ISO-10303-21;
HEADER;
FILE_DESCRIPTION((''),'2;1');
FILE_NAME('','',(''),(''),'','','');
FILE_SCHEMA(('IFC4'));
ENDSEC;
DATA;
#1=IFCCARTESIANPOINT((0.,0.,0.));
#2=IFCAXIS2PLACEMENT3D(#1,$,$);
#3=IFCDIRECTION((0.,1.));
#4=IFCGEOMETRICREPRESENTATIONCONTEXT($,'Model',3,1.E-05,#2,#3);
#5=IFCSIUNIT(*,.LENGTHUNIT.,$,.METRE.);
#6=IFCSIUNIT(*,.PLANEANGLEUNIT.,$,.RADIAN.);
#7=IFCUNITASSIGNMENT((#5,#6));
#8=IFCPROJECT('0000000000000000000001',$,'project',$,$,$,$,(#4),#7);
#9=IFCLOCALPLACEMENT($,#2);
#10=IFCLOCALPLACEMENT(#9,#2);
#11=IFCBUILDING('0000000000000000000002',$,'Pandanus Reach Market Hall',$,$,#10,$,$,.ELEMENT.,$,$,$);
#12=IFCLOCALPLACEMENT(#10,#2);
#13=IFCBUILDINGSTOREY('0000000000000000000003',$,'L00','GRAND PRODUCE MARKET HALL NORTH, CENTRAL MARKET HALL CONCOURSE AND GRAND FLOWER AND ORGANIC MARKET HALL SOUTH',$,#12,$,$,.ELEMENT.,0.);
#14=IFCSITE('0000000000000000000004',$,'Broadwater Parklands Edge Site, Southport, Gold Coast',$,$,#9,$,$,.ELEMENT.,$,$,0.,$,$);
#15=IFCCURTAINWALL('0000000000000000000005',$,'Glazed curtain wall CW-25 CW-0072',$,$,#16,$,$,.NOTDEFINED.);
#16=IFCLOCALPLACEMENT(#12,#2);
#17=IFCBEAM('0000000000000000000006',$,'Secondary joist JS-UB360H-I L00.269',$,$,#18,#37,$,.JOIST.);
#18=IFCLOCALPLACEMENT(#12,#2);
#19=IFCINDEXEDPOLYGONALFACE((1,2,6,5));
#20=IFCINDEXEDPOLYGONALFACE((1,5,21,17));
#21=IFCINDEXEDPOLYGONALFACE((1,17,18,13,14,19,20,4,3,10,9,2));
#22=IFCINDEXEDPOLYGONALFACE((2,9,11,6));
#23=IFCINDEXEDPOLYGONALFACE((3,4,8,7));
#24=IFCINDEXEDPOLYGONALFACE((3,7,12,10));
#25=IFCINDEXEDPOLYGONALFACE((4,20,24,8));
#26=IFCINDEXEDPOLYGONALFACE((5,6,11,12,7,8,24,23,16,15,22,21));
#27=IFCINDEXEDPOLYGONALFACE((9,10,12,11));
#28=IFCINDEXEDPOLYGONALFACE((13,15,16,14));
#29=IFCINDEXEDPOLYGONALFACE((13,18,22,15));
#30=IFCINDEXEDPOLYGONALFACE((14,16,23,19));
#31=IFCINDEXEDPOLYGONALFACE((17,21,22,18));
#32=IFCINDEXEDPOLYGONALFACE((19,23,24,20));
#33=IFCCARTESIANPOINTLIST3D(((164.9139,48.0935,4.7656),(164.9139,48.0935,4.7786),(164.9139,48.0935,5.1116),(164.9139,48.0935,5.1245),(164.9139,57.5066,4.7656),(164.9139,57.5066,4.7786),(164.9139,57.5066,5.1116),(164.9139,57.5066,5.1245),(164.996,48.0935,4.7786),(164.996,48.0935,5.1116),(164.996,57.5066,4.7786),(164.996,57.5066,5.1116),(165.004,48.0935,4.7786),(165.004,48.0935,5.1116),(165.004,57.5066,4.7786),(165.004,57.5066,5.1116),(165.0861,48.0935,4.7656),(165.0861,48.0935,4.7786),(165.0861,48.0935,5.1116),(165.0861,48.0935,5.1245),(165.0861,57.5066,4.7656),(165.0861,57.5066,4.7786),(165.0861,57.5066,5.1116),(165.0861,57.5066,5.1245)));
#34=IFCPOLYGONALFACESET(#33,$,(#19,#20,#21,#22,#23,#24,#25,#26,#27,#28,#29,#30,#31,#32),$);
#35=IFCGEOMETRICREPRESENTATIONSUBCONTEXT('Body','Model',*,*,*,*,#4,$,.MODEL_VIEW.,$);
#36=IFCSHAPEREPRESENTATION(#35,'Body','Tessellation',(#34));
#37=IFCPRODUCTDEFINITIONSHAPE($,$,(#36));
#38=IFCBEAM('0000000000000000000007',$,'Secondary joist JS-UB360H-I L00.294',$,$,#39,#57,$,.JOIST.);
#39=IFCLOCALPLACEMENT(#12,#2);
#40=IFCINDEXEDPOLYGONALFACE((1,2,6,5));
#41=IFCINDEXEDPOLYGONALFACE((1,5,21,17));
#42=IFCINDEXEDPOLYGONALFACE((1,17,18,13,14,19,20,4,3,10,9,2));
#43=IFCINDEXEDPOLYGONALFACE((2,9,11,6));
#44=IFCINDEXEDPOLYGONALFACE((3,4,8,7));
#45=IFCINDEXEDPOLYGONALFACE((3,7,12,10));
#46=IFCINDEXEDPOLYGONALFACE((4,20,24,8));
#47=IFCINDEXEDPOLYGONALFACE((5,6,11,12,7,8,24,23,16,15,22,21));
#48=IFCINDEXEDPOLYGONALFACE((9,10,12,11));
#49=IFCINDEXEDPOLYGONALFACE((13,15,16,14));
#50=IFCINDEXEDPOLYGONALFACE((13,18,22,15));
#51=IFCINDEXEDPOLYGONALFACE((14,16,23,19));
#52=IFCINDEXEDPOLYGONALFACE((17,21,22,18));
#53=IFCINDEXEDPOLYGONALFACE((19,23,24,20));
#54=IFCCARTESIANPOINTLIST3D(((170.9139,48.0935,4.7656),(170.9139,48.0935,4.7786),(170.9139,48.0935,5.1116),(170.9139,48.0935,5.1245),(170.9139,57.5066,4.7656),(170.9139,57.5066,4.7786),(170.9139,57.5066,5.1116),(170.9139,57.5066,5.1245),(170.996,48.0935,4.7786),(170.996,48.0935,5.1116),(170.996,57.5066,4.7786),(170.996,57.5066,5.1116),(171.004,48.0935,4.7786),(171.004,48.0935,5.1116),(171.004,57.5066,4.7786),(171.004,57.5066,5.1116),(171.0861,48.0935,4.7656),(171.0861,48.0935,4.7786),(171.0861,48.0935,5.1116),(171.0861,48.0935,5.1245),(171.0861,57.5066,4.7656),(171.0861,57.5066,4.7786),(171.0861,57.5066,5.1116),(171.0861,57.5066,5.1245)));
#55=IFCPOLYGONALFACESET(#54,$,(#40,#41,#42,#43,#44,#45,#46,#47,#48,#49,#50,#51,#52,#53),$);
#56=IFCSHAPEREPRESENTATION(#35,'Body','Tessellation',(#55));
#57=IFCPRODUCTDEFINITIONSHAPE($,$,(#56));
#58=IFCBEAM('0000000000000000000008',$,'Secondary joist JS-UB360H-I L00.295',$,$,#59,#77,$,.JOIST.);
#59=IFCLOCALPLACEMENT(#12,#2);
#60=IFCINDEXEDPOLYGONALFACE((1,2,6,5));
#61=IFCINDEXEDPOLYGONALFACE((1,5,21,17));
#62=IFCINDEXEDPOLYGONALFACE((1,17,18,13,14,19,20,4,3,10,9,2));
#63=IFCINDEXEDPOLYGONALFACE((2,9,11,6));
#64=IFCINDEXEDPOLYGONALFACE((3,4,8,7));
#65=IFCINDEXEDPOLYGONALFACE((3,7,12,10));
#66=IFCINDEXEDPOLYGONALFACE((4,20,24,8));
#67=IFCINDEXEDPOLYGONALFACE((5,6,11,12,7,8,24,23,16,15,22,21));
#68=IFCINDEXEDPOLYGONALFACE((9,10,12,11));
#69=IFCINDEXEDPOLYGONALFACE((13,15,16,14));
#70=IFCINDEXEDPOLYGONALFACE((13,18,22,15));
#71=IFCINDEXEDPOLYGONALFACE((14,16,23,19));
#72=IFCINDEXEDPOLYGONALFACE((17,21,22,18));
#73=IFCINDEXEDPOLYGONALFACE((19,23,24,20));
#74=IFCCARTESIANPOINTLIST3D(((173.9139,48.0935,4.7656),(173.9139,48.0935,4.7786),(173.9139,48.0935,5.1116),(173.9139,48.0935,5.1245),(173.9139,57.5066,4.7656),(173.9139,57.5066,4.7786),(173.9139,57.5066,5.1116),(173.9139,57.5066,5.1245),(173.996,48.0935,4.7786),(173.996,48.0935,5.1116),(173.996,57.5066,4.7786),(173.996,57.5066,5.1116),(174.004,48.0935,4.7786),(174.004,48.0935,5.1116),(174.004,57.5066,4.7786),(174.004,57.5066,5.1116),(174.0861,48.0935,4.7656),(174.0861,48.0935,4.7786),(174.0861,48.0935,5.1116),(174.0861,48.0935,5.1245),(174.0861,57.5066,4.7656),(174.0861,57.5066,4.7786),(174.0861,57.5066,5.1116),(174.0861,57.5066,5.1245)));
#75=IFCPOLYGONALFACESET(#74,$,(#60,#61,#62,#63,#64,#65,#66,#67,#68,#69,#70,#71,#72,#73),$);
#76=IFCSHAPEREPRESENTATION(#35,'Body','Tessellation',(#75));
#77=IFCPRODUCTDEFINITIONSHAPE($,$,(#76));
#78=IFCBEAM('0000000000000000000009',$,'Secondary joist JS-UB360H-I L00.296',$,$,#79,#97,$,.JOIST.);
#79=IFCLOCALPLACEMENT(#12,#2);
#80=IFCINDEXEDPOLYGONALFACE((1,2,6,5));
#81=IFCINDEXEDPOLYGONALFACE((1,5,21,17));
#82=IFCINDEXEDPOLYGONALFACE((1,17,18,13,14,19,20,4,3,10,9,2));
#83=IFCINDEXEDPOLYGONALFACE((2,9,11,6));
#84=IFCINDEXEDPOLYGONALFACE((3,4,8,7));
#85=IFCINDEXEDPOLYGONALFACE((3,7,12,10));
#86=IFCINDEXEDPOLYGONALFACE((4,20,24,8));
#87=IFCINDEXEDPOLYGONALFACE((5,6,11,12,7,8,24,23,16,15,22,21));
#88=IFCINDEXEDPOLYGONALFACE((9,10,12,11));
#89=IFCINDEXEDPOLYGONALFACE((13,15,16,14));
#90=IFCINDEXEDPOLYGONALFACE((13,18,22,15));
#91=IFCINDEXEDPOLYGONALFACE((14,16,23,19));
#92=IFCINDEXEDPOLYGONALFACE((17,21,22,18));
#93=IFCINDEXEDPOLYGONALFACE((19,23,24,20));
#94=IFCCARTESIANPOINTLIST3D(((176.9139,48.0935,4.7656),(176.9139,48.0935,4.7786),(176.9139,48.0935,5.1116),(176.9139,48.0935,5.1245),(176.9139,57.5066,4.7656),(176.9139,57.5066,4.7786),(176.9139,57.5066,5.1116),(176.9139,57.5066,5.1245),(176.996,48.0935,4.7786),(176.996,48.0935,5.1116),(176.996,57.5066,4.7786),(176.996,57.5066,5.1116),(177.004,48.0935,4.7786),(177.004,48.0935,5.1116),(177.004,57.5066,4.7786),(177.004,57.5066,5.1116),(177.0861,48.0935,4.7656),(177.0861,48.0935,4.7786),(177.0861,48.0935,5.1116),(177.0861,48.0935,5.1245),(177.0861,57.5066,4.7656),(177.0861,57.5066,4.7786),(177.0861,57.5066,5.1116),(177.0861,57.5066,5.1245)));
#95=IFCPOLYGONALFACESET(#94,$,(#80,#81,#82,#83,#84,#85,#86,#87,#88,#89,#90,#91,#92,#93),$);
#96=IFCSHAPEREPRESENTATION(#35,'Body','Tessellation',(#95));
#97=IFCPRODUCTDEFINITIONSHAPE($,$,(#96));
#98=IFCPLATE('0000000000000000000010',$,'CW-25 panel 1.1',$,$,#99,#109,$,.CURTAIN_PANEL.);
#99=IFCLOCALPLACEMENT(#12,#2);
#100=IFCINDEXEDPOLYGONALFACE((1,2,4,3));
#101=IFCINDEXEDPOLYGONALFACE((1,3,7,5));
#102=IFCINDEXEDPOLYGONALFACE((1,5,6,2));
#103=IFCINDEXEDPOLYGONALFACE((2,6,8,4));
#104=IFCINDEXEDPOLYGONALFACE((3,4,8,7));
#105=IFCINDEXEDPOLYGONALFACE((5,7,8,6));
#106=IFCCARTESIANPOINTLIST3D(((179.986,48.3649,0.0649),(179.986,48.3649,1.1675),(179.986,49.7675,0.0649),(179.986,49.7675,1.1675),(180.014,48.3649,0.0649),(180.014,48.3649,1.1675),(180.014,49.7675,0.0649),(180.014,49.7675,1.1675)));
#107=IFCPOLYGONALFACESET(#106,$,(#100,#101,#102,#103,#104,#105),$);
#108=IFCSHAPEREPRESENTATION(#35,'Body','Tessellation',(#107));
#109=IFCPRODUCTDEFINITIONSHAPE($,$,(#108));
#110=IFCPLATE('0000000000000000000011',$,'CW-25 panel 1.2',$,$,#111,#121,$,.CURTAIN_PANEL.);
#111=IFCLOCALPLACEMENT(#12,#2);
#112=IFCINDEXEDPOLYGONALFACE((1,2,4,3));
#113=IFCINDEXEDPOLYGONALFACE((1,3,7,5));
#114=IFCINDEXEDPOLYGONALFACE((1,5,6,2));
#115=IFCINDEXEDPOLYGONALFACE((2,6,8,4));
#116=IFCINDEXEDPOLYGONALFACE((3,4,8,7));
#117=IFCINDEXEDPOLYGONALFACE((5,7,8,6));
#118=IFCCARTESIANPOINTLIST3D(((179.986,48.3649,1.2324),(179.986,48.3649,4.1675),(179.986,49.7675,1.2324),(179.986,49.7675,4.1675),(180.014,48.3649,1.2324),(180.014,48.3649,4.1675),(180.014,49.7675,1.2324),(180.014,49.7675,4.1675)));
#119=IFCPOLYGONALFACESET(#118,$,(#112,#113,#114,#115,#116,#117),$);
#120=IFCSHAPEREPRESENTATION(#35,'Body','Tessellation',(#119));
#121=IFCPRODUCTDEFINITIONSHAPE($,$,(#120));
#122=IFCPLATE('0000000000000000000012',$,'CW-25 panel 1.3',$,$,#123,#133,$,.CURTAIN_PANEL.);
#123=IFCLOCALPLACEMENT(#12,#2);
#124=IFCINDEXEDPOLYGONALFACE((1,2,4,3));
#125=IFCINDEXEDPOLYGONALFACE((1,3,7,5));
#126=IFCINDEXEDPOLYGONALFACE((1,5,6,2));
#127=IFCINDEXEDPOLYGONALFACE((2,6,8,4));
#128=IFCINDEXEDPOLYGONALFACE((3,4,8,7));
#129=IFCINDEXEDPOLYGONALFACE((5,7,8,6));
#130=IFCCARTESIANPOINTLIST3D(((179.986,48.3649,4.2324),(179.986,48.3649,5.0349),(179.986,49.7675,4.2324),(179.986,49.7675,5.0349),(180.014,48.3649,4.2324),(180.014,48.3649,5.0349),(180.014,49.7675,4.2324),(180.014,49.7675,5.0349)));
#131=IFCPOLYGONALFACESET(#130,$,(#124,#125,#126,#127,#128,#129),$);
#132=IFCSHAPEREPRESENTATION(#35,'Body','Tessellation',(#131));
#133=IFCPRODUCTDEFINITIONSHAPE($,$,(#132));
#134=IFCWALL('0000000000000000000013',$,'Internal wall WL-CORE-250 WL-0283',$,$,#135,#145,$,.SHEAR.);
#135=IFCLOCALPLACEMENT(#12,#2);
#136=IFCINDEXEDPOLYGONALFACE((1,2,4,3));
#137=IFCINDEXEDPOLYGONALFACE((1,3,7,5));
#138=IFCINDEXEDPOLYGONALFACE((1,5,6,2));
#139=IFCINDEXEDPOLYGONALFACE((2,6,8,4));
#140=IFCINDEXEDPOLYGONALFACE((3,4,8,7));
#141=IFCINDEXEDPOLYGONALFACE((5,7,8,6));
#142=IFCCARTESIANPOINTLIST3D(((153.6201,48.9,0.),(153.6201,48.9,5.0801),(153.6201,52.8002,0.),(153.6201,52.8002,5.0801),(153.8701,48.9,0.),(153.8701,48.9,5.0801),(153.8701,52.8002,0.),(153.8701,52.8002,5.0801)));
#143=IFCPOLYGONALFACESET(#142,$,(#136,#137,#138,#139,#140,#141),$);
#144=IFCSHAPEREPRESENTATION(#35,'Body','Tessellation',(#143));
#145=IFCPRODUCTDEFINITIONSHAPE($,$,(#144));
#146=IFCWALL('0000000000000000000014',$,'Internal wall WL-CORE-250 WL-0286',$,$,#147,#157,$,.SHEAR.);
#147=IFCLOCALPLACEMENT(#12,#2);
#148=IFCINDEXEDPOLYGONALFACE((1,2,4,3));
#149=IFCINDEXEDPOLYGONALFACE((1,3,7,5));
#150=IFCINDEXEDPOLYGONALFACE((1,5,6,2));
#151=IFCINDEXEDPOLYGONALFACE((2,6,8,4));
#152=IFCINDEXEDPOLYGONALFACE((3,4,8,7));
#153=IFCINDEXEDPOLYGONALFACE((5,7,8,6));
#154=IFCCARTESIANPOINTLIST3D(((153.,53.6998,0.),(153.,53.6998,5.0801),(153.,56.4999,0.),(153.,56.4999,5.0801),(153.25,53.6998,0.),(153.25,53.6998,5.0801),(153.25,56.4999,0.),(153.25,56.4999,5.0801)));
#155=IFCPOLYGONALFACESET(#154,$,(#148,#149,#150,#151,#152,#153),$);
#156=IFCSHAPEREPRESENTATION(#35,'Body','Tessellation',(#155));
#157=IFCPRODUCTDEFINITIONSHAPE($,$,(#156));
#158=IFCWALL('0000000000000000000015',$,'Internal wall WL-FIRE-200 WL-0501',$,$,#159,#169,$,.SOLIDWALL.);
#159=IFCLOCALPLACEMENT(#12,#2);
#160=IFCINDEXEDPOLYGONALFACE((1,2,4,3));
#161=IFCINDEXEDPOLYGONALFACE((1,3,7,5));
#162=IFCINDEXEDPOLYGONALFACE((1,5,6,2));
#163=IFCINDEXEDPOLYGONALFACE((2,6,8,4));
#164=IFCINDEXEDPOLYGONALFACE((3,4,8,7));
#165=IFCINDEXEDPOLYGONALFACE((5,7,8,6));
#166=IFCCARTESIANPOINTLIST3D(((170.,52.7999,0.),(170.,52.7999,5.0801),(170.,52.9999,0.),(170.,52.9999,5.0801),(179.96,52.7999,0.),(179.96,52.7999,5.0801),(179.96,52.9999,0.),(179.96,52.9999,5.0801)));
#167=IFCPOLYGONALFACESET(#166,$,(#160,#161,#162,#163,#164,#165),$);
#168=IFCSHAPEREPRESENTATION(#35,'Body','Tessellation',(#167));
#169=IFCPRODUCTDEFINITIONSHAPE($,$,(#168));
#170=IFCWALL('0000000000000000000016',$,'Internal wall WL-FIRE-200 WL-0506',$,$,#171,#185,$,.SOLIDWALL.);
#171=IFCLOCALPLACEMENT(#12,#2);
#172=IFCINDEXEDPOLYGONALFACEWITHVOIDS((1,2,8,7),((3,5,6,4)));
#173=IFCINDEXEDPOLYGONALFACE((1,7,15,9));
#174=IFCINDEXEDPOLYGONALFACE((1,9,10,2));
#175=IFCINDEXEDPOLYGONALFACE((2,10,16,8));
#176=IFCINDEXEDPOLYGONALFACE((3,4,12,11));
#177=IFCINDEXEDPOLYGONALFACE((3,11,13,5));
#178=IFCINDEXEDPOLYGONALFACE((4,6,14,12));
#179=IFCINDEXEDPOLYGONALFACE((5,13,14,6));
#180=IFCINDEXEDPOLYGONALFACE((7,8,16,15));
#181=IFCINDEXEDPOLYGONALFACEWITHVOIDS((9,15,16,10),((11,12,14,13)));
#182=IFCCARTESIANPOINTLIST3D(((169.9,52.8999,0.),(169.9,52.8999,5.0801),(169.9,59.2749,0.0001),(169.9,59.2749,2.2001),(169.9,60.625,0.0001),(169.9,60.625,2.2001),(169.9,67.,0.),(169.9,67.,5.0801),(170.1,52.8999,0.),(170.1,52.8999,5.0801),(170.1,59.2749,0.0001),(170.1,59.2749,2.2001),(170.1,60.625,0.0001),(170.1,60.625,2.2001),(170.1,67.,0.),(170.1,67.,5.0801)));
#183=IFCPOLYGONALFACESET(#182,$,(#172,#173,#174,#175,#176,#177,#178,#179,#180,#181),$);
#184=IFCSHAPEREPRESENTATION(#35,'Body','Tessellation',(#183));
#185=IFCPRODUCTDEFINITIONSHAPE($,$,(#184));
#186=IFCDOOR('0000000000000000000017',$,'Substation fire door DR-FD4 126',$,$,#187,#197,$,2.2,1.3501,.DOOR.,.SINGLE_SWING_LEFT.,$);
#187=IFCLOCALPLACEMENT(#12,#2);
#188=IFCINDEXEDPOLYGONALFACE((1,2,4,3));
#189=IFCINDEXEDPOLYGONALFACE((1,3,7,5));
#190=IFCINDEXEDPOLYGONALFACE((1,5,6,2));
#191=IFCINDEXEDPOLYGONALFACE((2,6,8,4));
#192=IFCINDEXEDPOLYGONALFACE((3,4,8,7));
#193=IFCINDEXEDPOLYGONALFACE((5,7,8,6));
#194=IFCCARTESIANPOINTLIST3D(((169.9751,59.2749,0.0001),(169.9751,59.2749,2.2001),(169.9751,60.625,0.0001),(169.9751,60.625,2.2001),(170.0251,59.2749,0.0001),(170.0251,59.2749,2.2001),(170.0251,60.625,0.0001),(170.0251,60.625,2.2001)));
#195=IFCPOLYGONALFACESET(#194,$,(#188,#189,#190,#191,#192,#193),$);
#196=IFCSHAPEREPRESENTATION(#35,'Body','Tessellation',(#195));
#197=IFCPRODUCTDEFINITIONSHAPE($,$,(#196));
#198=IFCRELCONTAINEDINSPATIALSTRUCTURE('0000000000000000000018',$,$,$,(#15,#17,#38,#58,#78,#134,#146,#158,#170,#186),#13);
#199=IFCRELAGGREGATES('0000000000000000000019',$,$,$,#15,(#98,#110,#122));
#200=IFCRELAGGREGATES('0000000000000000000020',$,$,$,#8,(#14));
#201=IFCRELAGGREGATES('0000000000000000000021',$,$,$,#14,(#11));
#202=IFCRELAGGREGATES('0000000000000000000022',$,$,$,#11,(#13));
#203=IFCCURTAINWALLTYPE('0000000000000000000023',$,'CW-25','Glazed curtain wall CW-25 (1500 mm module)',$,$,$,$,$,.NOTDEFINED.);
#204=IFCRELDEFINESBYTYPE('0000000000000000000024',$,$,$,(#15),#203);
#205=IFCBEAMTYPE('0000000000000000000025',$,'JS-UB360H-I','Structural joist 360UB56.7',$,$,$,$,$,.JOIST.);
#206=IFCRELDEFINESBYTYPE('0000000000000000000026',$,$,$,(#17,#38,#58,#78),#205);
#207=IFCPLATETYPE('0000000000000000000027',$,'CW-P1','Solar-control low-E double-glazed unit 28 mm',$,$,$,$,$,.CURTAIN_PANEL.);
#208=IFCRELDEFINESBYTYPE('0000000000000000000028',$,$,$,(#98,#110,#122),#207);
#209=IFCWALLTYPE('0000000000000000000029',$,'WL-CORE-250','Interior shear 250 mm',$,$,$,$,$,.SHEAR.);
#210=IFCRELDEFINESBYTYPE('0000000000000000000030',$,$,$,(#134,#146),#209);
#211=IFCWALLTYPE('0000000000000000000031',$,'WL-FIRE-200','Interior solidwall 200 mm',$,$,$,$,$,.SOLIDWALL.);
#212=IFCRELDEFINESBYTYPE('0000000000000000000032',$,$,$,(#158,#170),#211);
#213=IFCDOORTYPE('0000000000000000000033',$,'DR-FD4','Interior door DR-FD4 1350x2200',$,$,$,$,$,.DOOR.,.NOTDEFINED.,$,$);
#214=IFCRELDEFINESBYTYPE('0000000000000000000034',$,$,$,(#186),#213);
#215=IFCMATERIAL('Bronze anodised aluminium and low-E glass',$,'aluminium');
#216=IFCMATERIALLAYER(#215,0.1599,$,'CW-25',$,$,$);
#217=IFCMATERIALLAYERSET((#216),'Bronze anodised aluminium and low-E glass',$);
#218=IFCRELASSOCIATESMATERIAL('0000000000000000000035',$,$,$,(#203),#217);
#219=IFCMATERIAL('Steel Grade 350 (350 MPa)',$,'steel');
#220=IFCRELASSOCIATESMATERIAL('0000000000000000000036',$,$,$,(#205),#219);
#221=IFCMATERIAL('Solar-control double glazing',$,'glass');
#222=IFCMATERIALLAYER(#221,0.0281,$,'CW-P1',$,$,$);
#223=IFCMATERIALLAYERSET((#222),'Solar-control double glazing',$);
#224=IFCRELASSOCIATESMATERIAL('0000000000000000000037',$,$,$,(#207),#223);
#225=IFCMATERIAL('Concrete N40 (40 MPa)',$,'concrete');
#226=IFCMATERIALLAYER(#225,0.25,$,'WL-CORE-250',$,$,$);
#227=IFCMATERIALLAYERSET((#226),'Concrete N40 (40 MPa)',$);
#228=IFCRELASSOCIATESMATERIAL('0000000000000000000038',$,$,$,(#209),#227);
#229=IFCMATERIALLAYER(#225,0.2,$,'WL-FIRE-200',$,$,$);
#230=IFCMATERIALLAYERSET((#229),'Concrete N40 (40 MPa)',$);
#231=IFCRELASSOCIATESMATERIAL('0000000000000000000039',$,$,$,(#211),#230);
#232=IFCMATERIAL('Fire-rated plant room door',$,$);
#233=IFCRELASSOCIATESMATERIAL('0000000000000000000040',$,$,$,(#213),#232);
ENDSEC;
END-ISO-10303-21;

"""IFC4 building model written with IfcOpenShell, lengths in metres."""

from ifc_helpers import new_model, si_unit, direction, frame, frame_2d, origin, origin_2d, place, context, subcontext, project, spatial, rectangle, i_section, extrude, material, layer, layer_set, material_profile, profile_set, type_object, element, fill, aggregate, save


model = new_model("IFC4")

# Units and contexts
model_context = context("Model", 3, precision=1e-05, world=origin(), true_north=direction((0.0, 1.0)))
body_context = subcontext(model_context, "Body", "Model", "MODEL_VIEW")
ifc_project = project(units=[si_unit("LENGTHUNIT", "METRE"), si_unit("PLANEANGLEUNIT", "RADIAN")], contexts=[model_context])

# Site, building, storey
site_placement = place(None, origin())
site = spatial("IfcSite", under=ifc_project, at=site_placement, Name="Broadwater Parklands Edge Site, Southport, Gold Coast", CompositionType="ELEMENT", RefElevation=0.0)
building_placement = place(site_placement, origin())
building = spatial("IfcBuilding", under=site, at=building_placement, Name="Pandanus Reach Market Hall", CompositionType="ELEMENT")
storey_placement = place(building_placement, origin())
storey = spatial("IfcBuildingStorey", under=building, at=storey_placement, Name="L00", Description="GRAND PRODUCE MARKET HALL NORTH, CENTRAL MARKET HALL CONCOURSE AND GRAND FLOWER AND ORGANIC MARKET HALL SOUTH", CompositionType="ELEMENT", Elevation=0.0)

# Shared definitions
ifc_material_1 = material(Name="Concrete N40 (40 MPa)", Category="concrete")

# Shared definitions
ifc_material_2 = material(Name="Steel Grade 350 (350 MPa)", Category="steel")

# Curtain wall
ifc_material_3 = material(Name="Bronze anodised aluminium and low-E glass", Category="aluminium")
ifc_layer_1 = layer(ifc_material_3, 0.1599, Name="CW-25")
ifc_layer_set_1 = layer_set([ifc_layer_1], Name="Bronze anodised aluminium and low-E glass")
curtain_wall_type = type_object("IfcCurtainWallType", Name="CW-25", Description="Glazed curtain wall CW-25 (1500 mm module)", PredefinedType="NOTDEFINED", material=ifc_layer_set_1)
curtain_wall_placement = place(storey_placement, origin())
curtain_wall = element("IfcCurtainWall", 1, at=curtain_wall_placement, inside=storey, type_object=curtain_wall_type, Name="Glazed curtain wall CW-25 CW-0072", PredefinedType="NOTDEFINED")

# Beams
ifc_material_profile_1 = material_profile(ifc_material_2, i_section(OverallWidth=0.1721, OverallDepth=0.3589, WebThickness=0.0081, FlangeThickness=0.0129, at=origin_2d()), Name="360UB56.7", Category="LoadBearing")
ifc_profile_set_1 = profile_set([ifc_material_profile_1], Name="Steel Grade 350 (350 MPa)")
beam_type_1 = type_object("IfcBeamType", Name="JS-UB360H-I", Description="Structural joist 360UB56.7", PredefinedType="JOIST", material=ifc_profile_set_1)
for number, where, z_axis, x_axis, name in (
    (2, (165.0, 48.0935, 4.9451), (0.0, 1.0, 0.0), (-1.0, 0.0, 0.0), "Secondary joist JS-UB360H-I L00.269"),
    (3, (171.0, 48.0935, 4.9451), (0.0, 1.0, 0.0), (-1.0, 0.0, 0.0), "Secondary joist JS-UB360H-I L00.294"),
    (4, (174.0, 48.0935, 4.9451), (0.0, 1.0, 0.0), (-1.0, 0.0, 0.0), "Secondary joist JS-UB360H-I L00.295"),
    (5, (177.0, 48.0935, 4.9451), (0.0, 1.0, 0.0), (-1.0, 0.0, 0.0), "Secondary joist JS-UB360H-I L00.296"),
):
    element("IfcBeam", number, at=place(storey_placement, frame(where, z_axis=z_axis, x_axis=x_axis)), inside=storey, type_object=beam_type_1, Name=name, PredefinedType="JOIST", context=body_context, shape_type="SweptSolid", body=[
        extrude(i_section(OverallWidth=0.1721, OverallDepth=0.3589, WebThickness=0.0081, FlangeThickness=0.0129, at=origin_2d()), origin(), (0.0, 0.0, 1.0), 9.4131),
    ])

# Plates
ifc_material_4 = material(Name="Solar-control double glazing", Category="glass")
ifc_layer_2 = layer(ifc_material_4, 0.0281, Name="CW-P1")
ifc_layer_set_2 = layer_set([ifc_layer_2], Name="Solar-control double glazing")
plate_type = type_object("IfcPlateType", Name="CW-P1", Description="Solar-control low-E double-glazed unit 28 mm", PredefinedType="CURTAIN_PANEL", material=ifc_layer_set_2)
plate_1_placement = place(storey_placement, frame((180.0, 49.0662, 0.0649), z_axis=(0.0, 0.0, 1.0), x_axis=(0.0, 1.0, 0.0)))
plate_1 = element("IfcPlate", 6, at=plate_1_placement, type_object=plate_type, Name="CW-25 panel 1.1", PredefinedType="CURTAIN_PANEL", context=body_context, shape_type="SweptSolid", body=[
    extrude(rectangle(XDim=1.4026, YDim=0.0281, at=origin_2d()), origin(), (0.0, 0.0, 1.0), 1.1025),
])
plate_2_placement = place(storey_placement, frame((180.0, 49.0662, 1.2324), z_axis=(0.0, 0.0, 1.0), x_axis=(0.0, 1.0, 0.0)))
plate_2 = element("IfcPlate", 7, at=plate_2_placement, type_object=plate_type, Name="CW-25 panel 1.2", PredefinedType="CURTAIN_PANEL", context=body_context, shape_type="SweptSolid", body=[
    extrude(rectangle(XDim=1.4026, YDim=0.0281, at=origin_2d()), origin(), (0.0, 0.0, 1.0), 2.9351),
])
plate_3_placement = place(storey_placement, frame((180.0, 49.0662, 4.2324), z_axis=(0.0, 0.0, 1.0), x_axis=(0.0, 1.0, 0.0)))
plate_3 = element("IfcPlate", 8, at=plate_3_placement, type_object=plate_type, Name="CW-25 panel 1.3", PredefinedType="CURTAIN_PANEL", context=body_context, shape_type="SweptSolid", body=[
    extrude(rectangle(XDim=1.4026, YDim=0.0281, at=origin_2d()), origin(), (0.0, 0.0, 1.0), 0.8025),
])
aggregate(curtain_wall, [plate_1, plate_2, plate_3])

# Walls
ifc_layer_3 = layer(ifc_material_1, 0.25, Name="WL-CORE-250")
ifc_layer_set_3 = layer_set([ifc_layer_3], Name="Concrete N40 (40 MPa)")
wall_type_1 = type_object("IfcWallType", Name="WL-CORE-250", Description="Interior shear 250 mm", PredefinedType="SHEAR", material=ifc_layer_set_3)
wall_1_placement = place(storey_placement, frame((153.7451, 48.8999, 0.0), z_axis=(0.0, 0.0, 1.0), x_axis=(0.0, 1.0, 0.0)))
element("IfcWall", 9, at=wall_1_placement, inside=storey, type_object=wall_type_1, Name="Internal wall WL-CORE-250 WL-0283", PredefinedType="SHEAR", context=body_context, shape_type="SweptSolid", body=[
    extrude(rectangle(XDim=3.9001, YDim=0.25, at=frame_2d((1.9502, 0.0))), origin(), (0.0, 0.0, 1.0), 5.0801),
])
wall_2_placement = place(storey_placement, frame((153.125, 53.7, 0.0), z_axis=(0.0, 0.0, 1.0), x_axis=(0.0, 1.0, 0.0)))
element("IfcWall", 10, at=wall_2_placement, inside=storey, type_object=wall_type_1, Name="Internal wall WL-CORE-250 WL-0286", PredefinedType="SHEAR", context=body_context, shape_type="SweptSolid", body=[
    extrude(rectangle(XDim=2.8, YDim=0.25, at=frame_2d((1.3999, 0.0))), origin(), (0.0, 0.0, 1.0), 5.0801),
])
ifc_layer_4 = layer(ifc_material_1, 0.2, Name="WL-FIRE-200")
ifc_layer_set_4 = layer_set([ifc_layer_4], Name="Concrete N40 (40 MPa)")
wall_type_2 = type_object("IfcWallType", Name="WL-FIRE-200", Description="Interior solidwall 200 mm", PredefinedType="SOLIDWALL", material=ifc_layer_set_4)
wall_3_placement = place(storey_placement, frame((170.0, 52.8999, 0.0), z_axis=(0.0, 0.0, 1.0), x_axis=(1.0, 0.0, 0.0)))
element("IfcWall", 11, at=wall_3_placement, inside=storey, type_object=wall_type_2, Name="Internal wall WL-FIRE-200 WL-0501", PredefinedType="SOLIDWALL", context=body_context, shape_type="SweptSolid", body=[
    extrude(rectangle(XDim=9.96, YDim=0.2, at=frame_2d((4.98, 0.0))), origin(), (0.0, 0.0, 1.0), 5.0801),
])

# Wall, opening, door
wall_4_placement = place(storey_placement, frame((170.0, 52.8999, 0.0), z_axis=(0.0, 0.0, 1.0), x_axis=(0.0, 1.0, 0.0)))
wall_4 = element("IfcWall", 12, at=wall_4_placement, inside=storey, type_object=wall_type_2, Name="Internal wall WL-FIRE-200 WL-0506", PredefinedType="SOLIDWALL", context=body_context, shape_type="SweptSolid", body=[
    extrude(rectangle(XDim=14.1001, YDim=0.2, at=frame_2d((7.05, 0.0))), origin(), (0.0, 0.0, 1.0), 5.0801),
])
opening_1_placement = place(wall_4_placement, frame((6.375, 0.0, 0.0)))
opening_1 = element("IfcOpeningElement", 13, at=opening_1_placement, cuts=wall_4, PredefinedType="OPENING", context=body_context, shape_type="SweptSolid", body=[
    extrude(rectangle(XDim=1.3501, YDim=2.2, at=frame_2d((0.675, 1.1001))), frame((0.0, 0.115, 0.0), z_axis=(0.0, -1.0, 0.0), x_axis=(1.0, 0.0, 0.0)), (0.0, 0.0, 1.0), 0.23),
])
ifc_material_5 = material(Name="Fire-rated plant room door")
door_type_1 = type_object("IfcDoorType", Name="DR-FD4", Description="Interior door DR-FD4 1350x2200", OperationType="NOTDEFINED", PredefinedType="DOOR", material=ifc_material_5)
door_1_placement = place(opening_1_placement, origin())
door_1 = element("IfcDoor", 14, at=door_1_placement, inside=storey, type_object=door_type_1, Name="Substation fire door DR-FD4 126", OperationType="SINGLE_SWING_LEFT", OverallHeight=2.2, OverallWidth=1.3501, PredefinedType="DOOR", context=body_context, shape_type="SweptSolid", body=[
    extrude(rectangle(XDim=1.3501, YDim=2.2, at=frame_2d((0.675, 1.1001))), frame((0.0, 0.0249, 0.0), z_axis=(0.0, -1.0, 0.0), x_axis=(1.0, 0.0, 0.0)), (0.0, 0.0, 1.0), 0.05),
])
fill(opening_1, door_1)

save(model, "model.ifc")
